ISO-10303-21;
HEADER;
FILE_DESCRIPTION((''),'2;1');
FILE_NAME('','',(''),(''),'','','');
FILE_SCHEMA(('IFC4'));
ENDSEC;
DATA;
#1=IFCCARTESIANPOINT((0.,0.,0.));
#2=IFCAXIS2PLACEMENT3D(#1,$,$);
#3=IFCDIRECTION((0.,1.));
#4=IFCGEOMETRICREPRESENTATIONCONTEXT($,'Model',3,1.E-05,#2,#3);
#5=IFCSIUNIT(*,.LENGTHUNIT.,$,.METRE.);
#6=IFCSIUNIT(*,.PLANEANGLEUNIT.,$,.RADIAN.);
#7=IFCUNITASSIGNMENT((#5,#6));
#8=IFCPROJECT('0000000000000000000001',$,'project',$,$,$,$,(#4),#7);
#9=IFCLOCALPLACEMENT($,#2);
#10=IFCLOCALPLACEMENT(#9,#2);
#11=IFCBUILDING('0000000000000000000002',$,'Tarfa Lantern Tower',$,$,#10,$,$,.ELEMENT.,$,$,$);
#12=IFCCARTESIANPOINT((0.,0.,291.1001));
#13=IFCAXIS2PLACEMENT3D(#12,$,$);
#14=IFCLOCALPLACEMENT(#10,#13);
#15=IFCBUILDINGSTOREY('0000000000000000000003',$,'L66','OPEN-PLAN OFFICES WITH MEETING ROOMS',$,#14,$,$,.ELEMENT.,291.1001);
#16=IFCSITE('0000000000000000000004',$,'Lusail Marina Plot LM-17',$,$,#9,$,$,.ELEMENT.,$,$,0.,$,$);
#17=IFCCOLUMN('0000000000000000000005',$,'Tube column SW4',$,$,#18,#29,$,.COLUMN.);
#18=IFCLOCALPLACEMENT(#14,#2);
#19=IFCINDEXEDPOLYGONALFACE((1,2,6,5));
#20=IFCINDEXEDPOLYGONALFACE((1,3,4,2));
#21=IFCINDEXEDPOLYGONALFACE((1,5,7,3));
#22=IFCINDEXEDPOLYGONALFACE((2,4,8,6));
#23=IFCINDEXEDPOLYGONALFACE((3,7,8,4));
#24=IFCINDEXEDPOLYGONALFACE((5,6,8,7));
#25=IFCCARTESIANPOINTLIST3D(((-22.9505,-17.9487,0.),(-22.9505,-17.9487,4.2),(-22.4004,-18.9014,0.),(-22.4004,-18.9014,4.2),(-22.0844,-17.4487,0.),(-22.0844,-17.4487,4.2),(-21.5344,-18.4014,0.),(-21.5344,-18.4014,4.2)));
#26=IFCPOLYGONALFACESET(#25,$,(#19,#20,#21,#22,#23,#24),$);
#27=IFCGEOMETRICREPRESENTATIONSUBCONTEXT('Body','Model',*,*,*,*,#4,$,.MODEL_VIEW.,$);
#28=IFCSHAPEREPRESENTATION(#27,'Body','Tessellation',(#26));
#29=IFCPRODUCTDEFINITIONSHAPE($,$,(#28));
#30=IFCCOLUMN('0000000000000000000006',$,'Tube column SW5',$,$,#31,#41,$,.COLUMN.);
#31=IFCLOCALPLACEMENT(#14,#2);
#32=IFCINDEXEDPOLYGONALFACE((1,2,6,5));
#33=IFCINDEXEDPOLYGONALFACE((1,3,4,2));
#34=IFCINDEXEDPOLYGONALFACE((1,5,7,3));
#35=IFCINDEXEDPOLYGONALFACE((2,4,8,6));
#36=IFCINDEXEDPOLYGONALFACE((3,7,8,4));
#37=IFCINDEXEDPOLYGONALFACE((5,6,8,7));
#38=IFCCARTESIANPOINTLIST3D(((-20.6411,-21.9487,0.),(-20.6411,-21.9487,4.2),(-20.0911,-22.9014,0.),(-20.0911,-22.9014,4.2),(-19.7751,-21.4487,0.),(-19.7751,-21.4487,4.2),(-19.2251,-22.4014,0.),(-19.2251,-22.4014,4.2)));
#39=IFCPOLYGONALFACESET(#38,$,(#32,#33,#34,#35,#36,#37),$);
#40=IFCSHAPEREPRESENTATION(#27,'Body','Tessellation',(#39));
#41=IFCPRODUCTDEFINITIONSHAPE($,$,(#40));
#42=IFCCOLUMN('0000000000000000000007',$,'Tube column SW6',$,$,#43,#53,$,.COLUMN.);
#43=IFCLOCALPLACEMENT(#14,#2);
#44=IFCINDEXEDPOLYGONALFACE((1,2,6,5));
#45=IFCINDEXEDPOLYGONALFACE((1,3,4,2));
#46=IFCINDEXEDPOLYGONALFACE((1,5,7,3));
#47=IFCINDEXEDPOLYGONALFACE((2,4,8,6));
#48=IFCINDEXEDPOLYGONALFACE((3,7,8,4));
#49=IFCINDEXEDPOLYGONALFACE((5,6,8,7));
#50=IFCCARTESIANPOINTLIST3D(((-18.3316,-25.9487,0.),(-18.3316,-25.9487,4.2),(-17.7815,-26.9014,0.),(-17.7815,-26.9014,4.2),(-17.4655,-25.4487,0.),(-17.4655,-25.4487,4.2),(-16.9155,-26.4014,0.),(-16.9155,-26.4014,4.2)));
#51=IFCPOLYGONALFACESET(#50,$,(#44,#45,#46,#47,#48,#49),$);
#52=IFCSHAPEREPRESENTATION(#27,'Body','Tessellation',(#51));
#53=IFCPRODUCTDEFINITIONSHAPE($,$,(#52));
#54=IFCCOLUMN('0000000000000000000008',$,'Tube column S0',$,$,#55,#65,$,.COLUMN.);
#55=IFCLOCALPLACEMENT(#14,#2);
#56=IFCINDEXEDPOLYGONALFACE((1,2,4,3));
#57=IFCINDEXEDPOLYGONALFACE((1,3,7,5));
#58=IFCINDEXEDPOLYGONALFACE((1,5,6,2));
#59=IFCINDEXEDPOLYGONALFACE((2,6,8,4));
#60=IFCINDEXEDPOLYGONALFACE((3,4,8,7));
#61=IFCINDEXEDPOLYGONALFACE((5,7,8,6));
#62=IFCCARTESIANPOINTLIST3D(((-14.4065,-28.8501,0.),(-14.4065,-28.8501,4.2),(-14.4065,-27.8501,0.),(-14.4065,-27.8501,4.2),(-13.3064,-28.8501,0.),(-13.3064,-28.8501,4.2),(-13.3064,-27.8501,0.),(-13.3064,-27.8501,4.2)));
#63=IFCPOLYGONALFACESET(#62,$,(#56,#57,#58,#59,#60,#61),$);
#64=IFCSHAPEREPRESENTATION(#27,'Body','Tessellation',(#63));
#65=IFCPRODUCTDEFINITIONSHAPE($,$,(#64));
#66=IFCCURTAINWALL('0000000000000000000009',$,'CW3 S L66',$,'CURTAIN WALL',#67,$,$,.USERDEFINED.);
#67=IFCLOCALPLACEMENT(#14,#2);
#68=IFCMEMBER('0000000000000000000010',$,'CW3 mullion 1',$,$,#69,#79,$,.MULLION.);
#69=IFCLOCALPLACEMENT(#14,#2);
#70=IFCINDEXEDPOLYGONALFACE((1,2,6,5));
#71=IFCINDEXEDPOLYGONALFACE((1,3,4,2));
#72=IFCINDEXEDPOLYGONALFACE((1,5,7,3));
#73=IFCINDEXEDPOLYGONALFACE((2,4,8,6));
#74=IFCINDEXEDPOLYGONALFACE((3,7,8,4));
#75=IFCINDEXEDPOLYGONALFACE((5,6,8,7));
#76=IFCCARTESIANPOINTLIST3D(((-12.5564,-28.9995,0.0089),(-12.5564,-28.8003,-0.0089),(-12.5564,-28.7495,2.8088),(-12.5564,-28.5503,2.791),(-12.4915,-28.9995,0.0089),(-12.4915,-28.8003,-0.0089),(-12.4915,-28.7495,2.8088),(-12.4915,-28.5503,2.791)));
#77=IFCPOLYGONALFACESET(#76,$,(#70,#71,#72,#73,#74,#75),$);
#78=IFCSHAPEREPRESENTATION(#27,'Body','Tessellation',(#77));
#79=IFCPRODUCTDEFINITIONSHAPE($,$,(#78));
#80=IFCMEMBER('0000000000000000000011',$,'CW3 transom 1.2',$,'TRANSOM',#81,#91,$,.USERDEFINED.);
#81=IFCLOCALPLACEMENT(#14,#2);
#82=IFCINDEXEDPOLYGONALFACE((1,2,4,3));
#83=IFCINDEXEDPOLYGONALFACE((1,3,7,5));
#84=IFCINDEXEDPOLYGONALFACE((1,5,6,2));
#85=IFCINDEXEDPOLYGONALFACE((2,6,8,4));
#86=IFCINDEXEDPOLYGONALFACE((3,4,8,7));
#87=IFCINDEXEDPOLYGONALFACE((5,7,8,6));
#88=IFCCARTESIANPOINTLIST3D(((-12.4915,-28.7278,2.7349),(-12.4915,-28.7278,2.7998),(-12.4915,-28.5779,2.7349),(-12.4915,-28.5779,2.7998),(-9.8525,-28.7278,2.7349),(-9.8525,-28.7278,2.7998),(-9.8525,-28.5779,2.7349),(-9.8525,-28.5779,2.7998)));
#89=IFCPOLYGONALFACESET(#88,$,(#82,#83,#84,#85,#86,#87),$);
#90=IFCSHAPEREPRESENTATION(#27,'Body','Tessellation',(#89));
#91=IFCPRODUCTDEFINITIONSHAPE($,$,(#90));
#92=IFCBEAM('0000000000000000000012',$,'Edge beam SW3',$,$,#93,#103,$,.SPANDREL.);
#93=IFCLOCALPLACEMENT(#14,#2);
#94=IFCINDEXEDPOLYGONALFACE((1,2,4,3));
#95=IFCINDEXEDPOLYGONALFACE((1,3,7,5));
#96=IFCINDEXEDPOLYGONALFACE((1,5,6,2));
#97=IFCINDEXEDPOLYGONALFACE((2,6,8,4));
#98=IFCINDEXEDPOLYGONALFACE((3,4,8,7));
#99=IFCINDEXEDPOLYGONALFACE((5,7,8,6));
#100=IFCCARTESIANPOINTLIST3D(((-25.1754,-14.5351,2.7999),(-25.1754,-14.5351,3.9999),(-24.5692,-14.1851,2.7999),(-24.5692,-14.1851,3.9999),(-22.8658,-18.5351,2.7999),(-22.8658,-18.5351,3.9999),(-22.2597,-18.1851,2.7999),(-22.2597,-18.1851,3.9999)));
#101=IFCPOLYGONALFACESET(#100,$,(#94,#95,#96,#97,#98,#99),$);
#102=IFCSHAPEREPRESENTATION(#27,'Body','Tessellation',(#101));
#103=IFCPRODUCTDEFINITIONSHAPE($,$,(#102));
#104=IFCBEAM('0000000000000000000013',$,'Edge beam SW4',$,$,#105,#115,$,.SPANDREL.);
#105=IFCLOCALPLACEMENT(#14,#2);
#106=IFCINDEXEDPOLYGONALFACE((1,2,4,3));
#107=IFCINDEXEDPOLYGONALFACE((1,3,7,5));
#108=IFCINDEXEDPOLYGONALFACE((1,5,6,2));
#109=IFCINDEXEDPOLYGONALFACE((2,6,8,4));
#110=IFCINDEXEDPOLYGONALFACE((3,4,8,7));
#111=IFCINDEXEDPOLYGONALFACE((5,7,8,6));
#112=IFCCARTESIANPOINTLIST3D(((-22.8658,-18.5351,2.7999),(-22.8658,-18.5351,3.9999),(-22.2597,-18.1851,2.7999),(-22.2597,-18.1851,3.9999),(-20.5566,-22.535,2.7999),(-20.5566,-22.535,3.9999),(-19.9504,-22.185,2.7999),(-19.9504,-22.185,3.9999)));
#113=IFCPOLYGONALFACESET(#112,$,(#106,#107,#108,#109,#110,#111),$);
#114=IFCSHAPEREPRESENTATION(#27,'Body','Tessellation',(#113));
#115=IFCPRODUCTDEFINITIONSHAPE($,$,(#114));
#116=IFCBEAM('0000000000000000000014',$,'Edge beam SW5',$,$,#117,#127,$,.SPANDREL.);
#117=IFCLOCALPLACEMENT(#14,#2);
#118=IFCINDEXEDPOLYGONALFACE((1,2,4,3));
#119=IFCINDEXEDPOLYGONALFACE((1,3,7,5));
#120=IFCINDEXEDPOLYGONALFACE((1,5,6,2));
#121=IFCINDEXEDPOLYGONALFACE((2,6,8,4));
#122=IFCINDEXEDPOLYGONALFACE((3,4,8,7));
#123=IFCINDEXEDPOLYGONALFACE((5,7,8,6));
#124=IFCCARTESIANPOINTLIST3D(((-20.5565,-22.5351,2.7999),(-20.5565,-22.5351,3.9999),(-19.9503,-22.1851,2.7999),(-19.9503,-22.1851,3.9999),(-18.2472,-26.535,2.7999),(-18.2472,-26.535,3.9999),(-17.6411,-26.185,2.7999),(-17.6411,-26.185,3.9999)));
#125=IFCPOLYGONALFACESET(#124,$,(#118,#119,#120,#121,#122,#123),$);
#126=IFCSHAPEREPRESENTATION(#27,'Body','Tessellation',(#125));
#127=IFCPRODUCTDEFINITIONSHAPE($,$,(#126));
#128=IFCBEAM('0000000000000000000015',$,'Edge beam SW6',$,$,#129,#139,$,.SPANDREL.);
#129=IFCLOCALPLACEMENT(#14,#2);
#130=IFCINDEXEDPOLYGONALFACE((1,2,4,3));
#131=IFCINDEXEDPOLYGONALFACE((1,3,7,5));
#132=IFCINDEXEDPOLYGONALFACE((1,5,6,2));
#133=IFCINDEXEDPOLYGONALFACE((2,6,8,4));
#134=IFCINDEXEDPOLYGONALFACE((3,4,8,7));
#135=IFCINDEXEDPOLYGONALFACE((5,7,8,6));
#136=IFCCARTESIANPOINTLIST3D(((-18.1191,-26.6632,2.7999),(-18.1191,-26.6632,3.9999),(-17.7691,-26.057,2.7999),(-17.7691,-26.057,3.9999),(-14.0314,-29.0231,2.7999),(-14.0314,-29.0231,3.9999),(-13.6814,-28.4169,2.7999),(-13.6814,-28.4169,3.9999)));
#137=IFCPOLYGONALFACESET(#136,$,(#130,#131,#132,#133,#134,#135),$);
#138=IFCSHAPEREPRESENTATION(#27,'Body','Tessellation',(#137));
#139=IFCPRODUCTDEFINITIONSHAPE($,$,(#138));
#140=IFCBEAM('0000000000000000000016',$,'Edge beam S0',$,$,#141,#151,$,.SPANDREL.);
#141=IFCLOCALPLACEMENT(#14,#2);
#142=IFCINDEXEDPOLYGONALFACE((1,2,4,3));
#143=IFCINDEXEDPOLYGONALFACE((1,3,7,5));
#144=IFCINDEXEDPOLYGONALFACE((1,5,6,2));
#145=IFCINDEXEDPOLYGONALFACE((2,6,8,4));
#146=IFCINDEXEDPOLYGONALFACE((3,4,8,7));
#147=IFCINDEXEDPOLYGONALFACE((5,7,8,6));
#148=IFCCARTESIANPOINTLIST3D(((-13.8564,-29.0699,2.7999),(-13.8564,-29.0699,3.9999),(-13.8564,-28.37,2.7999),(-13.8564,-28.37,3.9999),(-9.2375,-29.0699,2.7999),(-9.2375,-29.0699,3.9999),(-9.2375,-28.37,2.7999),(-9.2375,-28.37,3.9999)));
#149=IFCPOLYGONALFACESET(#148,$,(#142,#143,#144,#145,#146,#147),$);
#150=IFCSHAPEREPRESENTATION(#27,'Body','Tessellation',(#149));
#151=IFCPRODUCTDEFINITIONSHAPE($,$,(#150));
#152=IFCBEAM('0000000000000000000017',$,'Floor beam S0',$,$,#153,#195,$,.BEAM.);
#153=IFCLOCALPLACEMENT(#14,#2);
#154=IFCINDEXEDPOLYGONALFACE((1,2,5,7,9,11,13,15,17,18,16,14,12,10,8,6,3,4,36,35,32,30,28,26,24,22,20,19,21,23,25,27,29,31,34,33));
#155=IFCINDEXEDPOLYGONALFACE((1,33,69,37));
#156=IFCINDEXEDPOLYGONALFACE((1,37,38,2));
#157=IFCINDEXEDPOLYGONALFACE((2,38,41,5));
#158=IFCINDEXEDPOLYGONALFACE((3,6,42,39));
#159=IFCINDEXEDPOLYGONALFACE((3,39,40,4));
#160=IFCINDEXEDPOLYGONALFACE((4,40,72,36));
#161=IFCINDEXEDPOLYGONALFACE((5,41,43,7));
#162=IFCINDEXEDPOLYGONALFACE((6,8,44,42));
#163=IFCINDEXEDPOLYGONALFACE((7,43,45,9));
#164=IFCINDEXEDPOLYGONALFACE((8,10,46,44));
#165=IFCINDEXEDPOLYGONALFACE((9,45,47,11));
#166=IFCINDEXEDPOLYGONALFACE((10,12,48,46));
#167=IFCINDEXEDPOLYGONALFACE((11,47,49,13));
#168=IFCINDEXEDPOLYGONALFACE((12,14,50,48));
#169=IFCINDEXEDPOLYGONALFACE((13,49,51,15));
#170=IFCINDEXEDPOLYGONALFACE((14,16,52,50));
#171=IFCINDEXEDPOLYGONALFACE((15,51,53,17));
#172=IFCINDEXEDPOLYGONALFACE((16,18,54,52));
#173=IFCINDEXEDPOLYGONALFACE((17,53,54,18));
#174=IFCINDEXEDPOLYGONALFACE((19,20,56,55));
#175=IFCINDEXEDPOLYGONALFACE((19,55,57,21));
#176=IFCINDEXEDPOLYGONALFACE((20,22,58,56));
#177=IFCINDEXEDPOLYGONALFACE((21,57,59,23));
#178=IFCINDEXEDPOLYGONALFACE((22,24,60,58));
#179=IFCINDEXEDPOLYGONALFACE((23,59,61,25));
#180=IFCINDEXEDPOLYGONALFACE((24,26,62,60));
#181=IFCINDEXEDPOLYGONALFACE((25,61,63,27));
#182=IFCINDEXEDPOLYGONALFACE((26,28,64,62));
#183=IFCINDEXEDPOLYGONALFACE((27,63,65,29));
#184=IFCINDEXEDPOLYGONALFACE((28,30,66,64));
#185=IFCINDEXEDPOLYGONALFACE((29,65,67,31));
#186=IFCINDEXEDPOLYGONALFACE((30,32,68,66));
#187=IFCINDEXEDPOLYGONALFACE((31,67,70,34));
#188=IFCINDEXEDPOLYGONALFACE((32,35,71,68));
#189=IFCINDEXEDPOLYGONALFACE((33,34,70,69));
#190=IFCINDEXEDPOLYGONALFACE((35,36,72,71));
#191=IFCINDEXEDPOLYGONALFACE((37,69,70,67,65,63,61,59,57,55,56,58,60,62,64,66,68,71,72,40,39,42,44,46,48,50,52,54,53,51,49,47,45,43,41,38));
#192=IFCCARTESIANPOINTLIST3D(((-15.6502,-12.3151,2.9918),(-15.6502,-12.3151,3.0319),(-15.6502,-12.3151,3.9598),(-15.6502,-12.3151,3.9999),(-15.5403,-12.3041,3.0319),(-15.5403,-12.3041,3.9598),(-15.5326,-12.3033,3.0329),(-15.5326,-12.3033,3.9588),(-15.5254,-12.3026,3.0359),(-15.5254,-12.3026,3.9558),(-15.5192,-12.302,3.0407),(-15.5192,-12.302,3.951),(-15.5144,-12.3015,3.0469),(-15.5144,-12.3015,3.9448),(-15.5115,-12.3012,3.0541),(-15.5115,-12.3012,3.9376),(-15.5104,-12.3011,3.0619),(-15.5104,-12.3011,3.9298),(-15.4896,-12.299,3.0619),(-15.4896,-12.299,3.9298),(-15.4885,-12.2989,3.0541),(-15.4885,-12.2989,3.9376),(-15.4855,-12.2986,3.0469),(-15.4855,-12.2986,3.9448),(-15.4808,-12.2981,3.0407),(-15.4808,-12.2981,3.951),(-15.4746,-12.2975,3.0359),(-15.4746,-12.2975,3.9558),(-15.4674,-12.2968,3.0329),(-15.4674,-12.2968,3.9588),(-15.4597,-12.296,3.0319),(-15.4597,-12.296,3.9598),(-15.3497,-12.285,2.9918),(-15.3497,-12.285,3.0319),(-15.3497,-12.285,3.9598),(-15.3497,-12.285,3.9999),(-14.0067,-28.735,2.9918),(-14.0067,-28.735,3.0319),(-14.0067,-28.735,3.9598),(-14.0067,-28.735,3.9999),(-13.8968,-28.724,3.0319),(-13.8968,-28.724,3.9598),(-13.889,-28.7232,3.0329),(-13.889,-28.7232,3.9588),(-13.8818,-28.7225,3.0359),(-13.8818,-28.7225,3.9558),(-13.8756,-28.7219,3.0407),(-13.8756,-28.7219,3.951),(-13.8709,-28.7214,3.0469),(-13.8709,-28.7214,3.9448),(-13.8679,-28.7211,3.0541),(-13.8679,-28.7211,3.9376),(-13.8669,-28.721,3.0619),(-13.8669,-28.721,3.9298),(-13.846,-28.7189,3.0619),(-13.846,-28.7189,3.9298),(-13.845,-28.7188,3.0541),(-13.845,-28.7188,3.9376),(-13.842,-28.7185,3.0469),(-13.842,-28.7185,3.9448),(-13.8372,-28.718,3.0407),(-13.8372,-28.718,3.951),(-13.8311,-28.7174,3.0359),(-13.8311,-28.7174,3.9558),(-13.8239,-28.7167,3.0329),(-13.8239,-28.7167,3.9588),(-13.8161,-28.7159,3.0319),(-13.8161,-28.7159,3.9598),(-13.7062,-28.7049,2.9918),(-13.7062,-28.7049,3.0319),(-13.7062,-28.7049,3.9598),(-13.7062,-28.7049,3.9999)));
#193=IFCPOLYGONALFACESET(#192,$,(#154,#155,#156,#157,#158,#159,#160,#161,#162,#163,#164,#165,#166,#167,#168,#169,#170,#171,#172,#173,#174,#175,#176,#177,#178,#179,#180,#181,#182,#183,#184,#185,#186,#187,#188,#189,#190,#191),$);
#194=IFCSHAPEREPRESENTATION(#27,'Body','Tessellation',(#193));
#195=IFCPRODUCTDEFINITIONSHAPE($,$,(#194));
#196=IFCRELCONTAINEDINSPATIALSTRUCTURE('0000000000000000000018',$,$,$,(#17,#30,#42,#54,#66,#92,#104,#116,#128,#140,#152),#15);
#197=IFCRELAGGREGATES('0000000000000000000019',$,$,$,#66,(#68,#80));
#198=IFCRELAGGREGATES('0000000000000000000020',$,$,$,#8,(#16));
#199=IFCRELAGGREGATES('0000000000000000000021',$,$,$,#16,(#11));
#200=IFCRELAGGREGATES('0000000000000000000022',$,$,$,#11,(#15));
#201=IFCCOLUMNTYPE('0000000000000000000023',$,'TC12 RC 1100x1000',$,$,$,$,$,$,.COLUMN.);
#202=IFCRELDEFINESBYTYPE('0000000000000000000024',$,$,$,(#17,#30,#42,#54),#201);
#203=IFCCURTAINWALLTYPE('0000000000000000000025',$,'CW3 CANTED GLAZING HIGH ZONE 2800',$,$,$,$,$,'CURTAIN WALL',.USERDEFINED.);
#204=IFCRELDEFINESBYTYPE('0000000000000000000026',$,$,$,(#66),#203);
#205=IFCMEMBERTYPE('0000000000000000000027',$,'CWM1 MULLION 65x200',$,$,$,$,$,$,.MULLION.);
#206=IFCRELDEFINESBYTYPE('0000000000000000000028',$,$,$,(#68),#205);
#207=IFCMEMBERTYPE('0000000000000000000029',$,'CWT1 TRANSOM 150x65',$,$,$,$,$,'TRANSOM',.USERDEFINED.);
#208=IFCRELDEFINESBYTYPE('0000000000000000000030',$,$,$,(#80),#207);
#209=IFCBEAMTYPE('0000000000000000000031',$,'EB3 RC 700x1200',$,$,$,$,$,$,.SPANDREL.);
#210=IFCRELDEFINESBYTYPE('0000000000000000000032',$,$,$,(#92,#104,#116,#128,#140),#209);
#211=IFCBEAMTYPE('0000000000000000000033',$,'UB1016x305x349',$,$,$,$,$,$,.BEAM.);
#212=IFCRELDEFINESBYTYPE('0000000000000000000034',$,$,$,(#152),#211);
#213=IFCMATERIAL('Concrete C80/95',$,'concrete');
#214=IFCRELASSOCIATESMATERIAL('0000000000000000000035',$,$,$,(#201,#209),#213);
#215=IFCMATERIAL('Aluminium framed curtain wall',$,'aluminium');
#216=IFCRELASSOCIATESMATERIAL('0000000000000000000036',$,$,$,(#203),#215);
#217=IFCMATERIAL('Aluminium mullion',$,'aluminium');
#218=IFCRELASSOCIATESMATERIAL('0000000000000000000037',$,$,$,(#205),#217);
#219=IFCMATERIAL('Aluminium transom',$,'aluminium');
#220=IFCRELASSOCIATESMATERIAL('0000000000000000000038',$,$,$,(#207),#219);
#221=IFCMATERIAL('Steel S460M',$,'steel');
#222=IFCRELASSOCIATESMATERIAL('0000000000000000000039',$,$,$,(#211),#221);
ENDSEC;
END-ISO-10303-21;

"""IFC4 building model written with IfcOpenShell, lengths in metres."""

from ifc_helpers import new_model, si_unit, direction, frame, origin, origin_2d, place, context, subcontext, project, spatial, rectangle, i_section, extrude, material, material_profile, profile_set, type_object, element, aggregate, save


model = new_model("IFC4")

# Units and contexts
model_context = context("Model", 3, precision=1e-05, world=origin(), true_north=direction((0.0, 1.0)))
body_context = subcontext(model_context, "Body", "Model", "MODEL_VIEW")
ifc_project = project(units=[si_unit("LENGTHUNIT", "METRE"), si_unit("PLANEANGLEUNIT", "RADIAN")], contexts=[model_context])

# Site, building, storey
site_placement = place(None, origin())
site = spatial("IfcSite", under=ifc_project, at=site_placement, Name="Lusail Marina Plot LM-17", CompositionType="ELEMENT", RefElevation=0.0)
building_placement = place(site_placement, origin())
building = spatial("IfcBuilding", under=site, at=building_placement, Name="Tarfa Lantern Tower", CompositionType="ELEMENT")
storey_placement = place(building_placement, frame((0.0, 0.0, 291.1001)))
storey = spatial("IfcBuildingStorey", under=building, at=storey_placement, Name="L66", Description="OPEN-PLAN OFFICES WITH MEETING ROOMS", CompositionType="ELEMENT", Elevation=291.1001)

# Columns
ifc_material_1 = material(Name="Concrete C80/95", Category="concrete")
ifc_material_profile_1 = material_profile(ifc_material_1, rectangle(XDim=1.1001, YDim=1.0, at=origin_2d()), Name="RC 1100x1000")
ifc_profile_set_1 = profile_set([ifc_material_profile_1], Name="Concrete C80/95")
column_type = type_object("IfcColumnType", Name="TC12 RC 1100x1000", PredefinedType="COLUMN", material=ifc_profile_set_1)
for number, where, z_axis, x_axis, name in (
    (1, (-22.2424, -18.175, 0.0), (0.0, 0.0, 1.0), (0.5, -0.866025, 0.0), "Tube column SW4"),
    (2, (-19.9331, -22.175, 0.0), (0.0, 0.0, 1.0), (0.5, -0.866025, 0.0), "Tube column SW5"),
    (3, (-17.6235, -26.175, 0.0), (0.0, 0.0, 1.0), (0.5, -0.866025, 0.0), "Tube column SW6"),
    (4, (-13.8564, -28.3501, 0.0), (0.0, 0.0, 1.0), (1.0, 0.0, 0.0), "Tube column S0"),
):
    element("IfcColumn", number, at=place(storey_placement, frame(where, z_axis=z_axis, x_axis=x_axis)), inside=storey, type_object=column_type, Name=name, PredefinedType="COLUMN", context=body_context, shape_type="SweptSolid", body=[
        extrude(rectangle(XDim=1.1001, YDim=1.0, at=origin_2d()), origin(), (0.0, 0.0, 1.0), 4.2),
    ])

# Curtain wall, members
ifc_material_2 = material(Name="Aluminium framed curtain wall", Category="aluminium")
curtain_wall_type = type_object("IfcCurtainWallType", Name="CW3 CANTED GLAZING HIGH ZONE 2800", ElementType="CURTAIN WALL", PredefinedType="USERDEFINED", material=ifc_material_2)
curtain_wall_placement = place(storey_placement, origin())
curtain_wall = element("IfcCurtainWall", 5, at=curtain_wall_placement, inside=storey, type_object=curtain_wall_type, Name="CW3 S L66", ObjectType="CURTAIN WALL", PredefinedType="USERDEFINED")
ifc_material_3 = material(Name="Aluminium mullion", Category="aluminium")
ifc_material_profile_2 = material_profile(ifc_material_3, rectangle(XDim=0.0649, YDim=0.2, at=origin_2d()), Name="AL MULLION 65x200")
ifc_profile_set_2 = profile_set([ifc_material_profile_2], Name="Aluminium mullion")
member_type_1 = type_object("IfcMemberType", Name="CWM1 MULLION 65x200", PredefinedType="MULLION", material=ifc_profile_set_2)
member_1_placement = place(storey_placement, frame((-12.5239, -28.8999, 0.0), z_axis=(0.0, 0.088938, 0.996037), x_axis=(-1.0, 0.0, 0.0)))
member_1 = element("IfcMember", 6, at=member_1_placement, type_object=member_type_1, Name="CW3 mullion 1", PredefinedType="MULLION", context=body_context, shape_type="SweptSolid", body=[
    extrude(rectangle(XDim=0.0649, YDim=0.2, at=origin_2d()), origin(), (0.0, 0.0, 1.0), 2.811),
])
ifc_material_4 = material(Name="Aluminium transom", Category="aluminium")
ifc_material_profile_3 = material_profile(ifc_material_4, rectangle(XDim=0.1499, YDim=0.0649, at=origin_2d()), Name="AL TRANSOM 150x65")
ifc_profile_set_3 = profile_set([ifc_material_profile_3], Name="Aluminium transom")
member_type_2 = type_object("IfcMemberType", Name="CWT1 TRANSOM 150x65", ElementType="TRANSOM", PredefinedType="USERDEFINED", material=ifc_profile_set_3)
member_2_placement = place(storey_placement, frame((-12.4915, -28.6528, 2.7673), z_axis=(1.0, 0.0, 0.0), x_axis=(0.0, 1.0, 0.0)))
member_2 = element("IfcMember", 7, at=member_2_placement, type_object=member_type_2, Name="CW3 transom 1.2", ObjectType="TRANSOM", PredefinedType="USERDEFINED", context=body_context, shape_type="SweptSolid", body=[
    extrude(rectangle(XDim=0.1499, YDim=0.0649, at=origin_2d()), origin(), (0.0, 0.0, 1.0), 2.6389),
])

# Beams
ifc_material_profile_4 = material_profile(ifc_material_1, rectangle(XDim=0.7, YDim=1.2, at=origin_2d()), Name="RC 700x1200")
ifc_profile_set_4 = profile_set([ifc_material_profile_4], Name="Concrete C80/95")
beam_type_1 = type_object("IfcBeamType", Name="EB3 RC 700x1200", PredefinedType="SPANDREL", material=ifc_profile_set_4)
beam_1_placement = place(storey_placement, frame((-24.8723, -14.3601, 3.3999), z_axis=(0.500027, -0.86601, 0.0), x_axis=(0.86601, 0.500027, 0.0)))
element("IfcBeam", 8, at=beam_1_placement, inside=storey, type_object=beam_type_1, Name="Edge beam SW3", PredefinedType="SPANDREL", context=body_context, shape_type="SweptSolid", body=[
    extrude(rectangle(XDim=0.7, YDim=1.2, at=origin_2d()), origin(), (0.0, 0.0, 1.0), 4.6189),
])
for number, where, z_axis, x_axis, name in (
    (9, (-22.5627, -18.3601, 3.3999), (0.499988, -0.866032, 0.0), (0.866032, 0.499988, 0.0), "Edge beam SW4"),
    (10, (-20.2534, -22.3601, 3.3999), (0.499988, -0.866032, 0.0), (0.866032, 0.499988, 0.0), "Edge beam SW5"),
):
    element("IfcBeam", number, at=place(storey_placement, frame(where, z_axis=z_axis, x_axis=x_axis)), inside=storey, type_object=beam_type_1, Name=name, PredefinedType="SPANDREL", context=body_context, shape_type="SweptSolid", body=[
        extrude(rectangle(XDim=0.7, YDim=1.2, at=origin_2d()), origin(), (0.0, 0.0, 1.0), 4.6187),
    ])
beam_2_placement = place(storey_placement, frame((-17.9441, -26.3601, 3.3999), z_axis=(0.866038, -0.499978, 0.0), x_axis=(0.499978, 0.866038, 0.0)))
element("IfcBeam", 11, at=beam_2_placement, inside=storey, type_object=beam_type_1, Name="Edge beam SW6", PredefinedType="SPANDREL", context=body_context, shape_type="SweptSolid", body=[
    extrude(rectangle(XDim=0.7, YDim=1.2, at=origin_2d()), origin(), (0.0, 0.0, 1.0), 4.72),
])
beam_3_placement = place(storey_placement, frame((-13.8564, -28.72, 3.3999), z_axis=(1.0, 0.0, 0.0), x_axis=(0.0, 1.0, 0.0)))
element("IfcBeam", 12, at=beam_3_placement, inside=storey, type_object=beam_type_1, Name="Edge beam S0", PredefinedType="SPANDREL", context=body_context, shape_type="SweptSolid", body=[
    extrude(rectangle(XDim=0.7, YDim=1.2, at=origin_2d()), origin(), (0.0, 0.0, 1.0), 4.6189),
])
ifc_material_5 = material(Name="Steel S460M", Category="steel")
ifc_material_profile_5 = material_profile(ifc_material_5, i_section(OverallWidth=0.302, OverallDepth=1.0081, WebThickness=0.021, FlangeThickness=0.04, FilletRadius=0.03, at=origin_2d()), Name="UB1016x305x349")
ifc_profile_set_5 = profile_set([ifc_material_profile_5], Name="Steel S460M")
beam_type_2 = type_object("IfcBeamType", Name="UB1016x305x349", PredefinedType="BEAM", material=ifc_profile_set_5)
beam_4_placement = place(storey_placement, frame((-13.8564, -28.72, 3.4958), z_axis=(-0.099597, 0.995028, 0.0), x_axis=(-0.995028, -0.099597, 0.0)))
element("IfcBeam", 13, at=beam_4_placement, inside=storey, type_object=beam_type_2, Name="Floor beam S0", PredefinedType="BEAM", context=body_context, shape_type="SweptSolid", body=[
    extrude(i_section(OverallWidth=0.302, OverallDepth=1.0081, WebThickness=0.021, FlangeThickness=0.04, FilletRadius=0.03, at=origin_2d()), origin(), (0.0, 0.0, 1.0), 16.502),
])

aggregate(curtain_wall, [member_1, member_2])

save(model, "model.ifc")
